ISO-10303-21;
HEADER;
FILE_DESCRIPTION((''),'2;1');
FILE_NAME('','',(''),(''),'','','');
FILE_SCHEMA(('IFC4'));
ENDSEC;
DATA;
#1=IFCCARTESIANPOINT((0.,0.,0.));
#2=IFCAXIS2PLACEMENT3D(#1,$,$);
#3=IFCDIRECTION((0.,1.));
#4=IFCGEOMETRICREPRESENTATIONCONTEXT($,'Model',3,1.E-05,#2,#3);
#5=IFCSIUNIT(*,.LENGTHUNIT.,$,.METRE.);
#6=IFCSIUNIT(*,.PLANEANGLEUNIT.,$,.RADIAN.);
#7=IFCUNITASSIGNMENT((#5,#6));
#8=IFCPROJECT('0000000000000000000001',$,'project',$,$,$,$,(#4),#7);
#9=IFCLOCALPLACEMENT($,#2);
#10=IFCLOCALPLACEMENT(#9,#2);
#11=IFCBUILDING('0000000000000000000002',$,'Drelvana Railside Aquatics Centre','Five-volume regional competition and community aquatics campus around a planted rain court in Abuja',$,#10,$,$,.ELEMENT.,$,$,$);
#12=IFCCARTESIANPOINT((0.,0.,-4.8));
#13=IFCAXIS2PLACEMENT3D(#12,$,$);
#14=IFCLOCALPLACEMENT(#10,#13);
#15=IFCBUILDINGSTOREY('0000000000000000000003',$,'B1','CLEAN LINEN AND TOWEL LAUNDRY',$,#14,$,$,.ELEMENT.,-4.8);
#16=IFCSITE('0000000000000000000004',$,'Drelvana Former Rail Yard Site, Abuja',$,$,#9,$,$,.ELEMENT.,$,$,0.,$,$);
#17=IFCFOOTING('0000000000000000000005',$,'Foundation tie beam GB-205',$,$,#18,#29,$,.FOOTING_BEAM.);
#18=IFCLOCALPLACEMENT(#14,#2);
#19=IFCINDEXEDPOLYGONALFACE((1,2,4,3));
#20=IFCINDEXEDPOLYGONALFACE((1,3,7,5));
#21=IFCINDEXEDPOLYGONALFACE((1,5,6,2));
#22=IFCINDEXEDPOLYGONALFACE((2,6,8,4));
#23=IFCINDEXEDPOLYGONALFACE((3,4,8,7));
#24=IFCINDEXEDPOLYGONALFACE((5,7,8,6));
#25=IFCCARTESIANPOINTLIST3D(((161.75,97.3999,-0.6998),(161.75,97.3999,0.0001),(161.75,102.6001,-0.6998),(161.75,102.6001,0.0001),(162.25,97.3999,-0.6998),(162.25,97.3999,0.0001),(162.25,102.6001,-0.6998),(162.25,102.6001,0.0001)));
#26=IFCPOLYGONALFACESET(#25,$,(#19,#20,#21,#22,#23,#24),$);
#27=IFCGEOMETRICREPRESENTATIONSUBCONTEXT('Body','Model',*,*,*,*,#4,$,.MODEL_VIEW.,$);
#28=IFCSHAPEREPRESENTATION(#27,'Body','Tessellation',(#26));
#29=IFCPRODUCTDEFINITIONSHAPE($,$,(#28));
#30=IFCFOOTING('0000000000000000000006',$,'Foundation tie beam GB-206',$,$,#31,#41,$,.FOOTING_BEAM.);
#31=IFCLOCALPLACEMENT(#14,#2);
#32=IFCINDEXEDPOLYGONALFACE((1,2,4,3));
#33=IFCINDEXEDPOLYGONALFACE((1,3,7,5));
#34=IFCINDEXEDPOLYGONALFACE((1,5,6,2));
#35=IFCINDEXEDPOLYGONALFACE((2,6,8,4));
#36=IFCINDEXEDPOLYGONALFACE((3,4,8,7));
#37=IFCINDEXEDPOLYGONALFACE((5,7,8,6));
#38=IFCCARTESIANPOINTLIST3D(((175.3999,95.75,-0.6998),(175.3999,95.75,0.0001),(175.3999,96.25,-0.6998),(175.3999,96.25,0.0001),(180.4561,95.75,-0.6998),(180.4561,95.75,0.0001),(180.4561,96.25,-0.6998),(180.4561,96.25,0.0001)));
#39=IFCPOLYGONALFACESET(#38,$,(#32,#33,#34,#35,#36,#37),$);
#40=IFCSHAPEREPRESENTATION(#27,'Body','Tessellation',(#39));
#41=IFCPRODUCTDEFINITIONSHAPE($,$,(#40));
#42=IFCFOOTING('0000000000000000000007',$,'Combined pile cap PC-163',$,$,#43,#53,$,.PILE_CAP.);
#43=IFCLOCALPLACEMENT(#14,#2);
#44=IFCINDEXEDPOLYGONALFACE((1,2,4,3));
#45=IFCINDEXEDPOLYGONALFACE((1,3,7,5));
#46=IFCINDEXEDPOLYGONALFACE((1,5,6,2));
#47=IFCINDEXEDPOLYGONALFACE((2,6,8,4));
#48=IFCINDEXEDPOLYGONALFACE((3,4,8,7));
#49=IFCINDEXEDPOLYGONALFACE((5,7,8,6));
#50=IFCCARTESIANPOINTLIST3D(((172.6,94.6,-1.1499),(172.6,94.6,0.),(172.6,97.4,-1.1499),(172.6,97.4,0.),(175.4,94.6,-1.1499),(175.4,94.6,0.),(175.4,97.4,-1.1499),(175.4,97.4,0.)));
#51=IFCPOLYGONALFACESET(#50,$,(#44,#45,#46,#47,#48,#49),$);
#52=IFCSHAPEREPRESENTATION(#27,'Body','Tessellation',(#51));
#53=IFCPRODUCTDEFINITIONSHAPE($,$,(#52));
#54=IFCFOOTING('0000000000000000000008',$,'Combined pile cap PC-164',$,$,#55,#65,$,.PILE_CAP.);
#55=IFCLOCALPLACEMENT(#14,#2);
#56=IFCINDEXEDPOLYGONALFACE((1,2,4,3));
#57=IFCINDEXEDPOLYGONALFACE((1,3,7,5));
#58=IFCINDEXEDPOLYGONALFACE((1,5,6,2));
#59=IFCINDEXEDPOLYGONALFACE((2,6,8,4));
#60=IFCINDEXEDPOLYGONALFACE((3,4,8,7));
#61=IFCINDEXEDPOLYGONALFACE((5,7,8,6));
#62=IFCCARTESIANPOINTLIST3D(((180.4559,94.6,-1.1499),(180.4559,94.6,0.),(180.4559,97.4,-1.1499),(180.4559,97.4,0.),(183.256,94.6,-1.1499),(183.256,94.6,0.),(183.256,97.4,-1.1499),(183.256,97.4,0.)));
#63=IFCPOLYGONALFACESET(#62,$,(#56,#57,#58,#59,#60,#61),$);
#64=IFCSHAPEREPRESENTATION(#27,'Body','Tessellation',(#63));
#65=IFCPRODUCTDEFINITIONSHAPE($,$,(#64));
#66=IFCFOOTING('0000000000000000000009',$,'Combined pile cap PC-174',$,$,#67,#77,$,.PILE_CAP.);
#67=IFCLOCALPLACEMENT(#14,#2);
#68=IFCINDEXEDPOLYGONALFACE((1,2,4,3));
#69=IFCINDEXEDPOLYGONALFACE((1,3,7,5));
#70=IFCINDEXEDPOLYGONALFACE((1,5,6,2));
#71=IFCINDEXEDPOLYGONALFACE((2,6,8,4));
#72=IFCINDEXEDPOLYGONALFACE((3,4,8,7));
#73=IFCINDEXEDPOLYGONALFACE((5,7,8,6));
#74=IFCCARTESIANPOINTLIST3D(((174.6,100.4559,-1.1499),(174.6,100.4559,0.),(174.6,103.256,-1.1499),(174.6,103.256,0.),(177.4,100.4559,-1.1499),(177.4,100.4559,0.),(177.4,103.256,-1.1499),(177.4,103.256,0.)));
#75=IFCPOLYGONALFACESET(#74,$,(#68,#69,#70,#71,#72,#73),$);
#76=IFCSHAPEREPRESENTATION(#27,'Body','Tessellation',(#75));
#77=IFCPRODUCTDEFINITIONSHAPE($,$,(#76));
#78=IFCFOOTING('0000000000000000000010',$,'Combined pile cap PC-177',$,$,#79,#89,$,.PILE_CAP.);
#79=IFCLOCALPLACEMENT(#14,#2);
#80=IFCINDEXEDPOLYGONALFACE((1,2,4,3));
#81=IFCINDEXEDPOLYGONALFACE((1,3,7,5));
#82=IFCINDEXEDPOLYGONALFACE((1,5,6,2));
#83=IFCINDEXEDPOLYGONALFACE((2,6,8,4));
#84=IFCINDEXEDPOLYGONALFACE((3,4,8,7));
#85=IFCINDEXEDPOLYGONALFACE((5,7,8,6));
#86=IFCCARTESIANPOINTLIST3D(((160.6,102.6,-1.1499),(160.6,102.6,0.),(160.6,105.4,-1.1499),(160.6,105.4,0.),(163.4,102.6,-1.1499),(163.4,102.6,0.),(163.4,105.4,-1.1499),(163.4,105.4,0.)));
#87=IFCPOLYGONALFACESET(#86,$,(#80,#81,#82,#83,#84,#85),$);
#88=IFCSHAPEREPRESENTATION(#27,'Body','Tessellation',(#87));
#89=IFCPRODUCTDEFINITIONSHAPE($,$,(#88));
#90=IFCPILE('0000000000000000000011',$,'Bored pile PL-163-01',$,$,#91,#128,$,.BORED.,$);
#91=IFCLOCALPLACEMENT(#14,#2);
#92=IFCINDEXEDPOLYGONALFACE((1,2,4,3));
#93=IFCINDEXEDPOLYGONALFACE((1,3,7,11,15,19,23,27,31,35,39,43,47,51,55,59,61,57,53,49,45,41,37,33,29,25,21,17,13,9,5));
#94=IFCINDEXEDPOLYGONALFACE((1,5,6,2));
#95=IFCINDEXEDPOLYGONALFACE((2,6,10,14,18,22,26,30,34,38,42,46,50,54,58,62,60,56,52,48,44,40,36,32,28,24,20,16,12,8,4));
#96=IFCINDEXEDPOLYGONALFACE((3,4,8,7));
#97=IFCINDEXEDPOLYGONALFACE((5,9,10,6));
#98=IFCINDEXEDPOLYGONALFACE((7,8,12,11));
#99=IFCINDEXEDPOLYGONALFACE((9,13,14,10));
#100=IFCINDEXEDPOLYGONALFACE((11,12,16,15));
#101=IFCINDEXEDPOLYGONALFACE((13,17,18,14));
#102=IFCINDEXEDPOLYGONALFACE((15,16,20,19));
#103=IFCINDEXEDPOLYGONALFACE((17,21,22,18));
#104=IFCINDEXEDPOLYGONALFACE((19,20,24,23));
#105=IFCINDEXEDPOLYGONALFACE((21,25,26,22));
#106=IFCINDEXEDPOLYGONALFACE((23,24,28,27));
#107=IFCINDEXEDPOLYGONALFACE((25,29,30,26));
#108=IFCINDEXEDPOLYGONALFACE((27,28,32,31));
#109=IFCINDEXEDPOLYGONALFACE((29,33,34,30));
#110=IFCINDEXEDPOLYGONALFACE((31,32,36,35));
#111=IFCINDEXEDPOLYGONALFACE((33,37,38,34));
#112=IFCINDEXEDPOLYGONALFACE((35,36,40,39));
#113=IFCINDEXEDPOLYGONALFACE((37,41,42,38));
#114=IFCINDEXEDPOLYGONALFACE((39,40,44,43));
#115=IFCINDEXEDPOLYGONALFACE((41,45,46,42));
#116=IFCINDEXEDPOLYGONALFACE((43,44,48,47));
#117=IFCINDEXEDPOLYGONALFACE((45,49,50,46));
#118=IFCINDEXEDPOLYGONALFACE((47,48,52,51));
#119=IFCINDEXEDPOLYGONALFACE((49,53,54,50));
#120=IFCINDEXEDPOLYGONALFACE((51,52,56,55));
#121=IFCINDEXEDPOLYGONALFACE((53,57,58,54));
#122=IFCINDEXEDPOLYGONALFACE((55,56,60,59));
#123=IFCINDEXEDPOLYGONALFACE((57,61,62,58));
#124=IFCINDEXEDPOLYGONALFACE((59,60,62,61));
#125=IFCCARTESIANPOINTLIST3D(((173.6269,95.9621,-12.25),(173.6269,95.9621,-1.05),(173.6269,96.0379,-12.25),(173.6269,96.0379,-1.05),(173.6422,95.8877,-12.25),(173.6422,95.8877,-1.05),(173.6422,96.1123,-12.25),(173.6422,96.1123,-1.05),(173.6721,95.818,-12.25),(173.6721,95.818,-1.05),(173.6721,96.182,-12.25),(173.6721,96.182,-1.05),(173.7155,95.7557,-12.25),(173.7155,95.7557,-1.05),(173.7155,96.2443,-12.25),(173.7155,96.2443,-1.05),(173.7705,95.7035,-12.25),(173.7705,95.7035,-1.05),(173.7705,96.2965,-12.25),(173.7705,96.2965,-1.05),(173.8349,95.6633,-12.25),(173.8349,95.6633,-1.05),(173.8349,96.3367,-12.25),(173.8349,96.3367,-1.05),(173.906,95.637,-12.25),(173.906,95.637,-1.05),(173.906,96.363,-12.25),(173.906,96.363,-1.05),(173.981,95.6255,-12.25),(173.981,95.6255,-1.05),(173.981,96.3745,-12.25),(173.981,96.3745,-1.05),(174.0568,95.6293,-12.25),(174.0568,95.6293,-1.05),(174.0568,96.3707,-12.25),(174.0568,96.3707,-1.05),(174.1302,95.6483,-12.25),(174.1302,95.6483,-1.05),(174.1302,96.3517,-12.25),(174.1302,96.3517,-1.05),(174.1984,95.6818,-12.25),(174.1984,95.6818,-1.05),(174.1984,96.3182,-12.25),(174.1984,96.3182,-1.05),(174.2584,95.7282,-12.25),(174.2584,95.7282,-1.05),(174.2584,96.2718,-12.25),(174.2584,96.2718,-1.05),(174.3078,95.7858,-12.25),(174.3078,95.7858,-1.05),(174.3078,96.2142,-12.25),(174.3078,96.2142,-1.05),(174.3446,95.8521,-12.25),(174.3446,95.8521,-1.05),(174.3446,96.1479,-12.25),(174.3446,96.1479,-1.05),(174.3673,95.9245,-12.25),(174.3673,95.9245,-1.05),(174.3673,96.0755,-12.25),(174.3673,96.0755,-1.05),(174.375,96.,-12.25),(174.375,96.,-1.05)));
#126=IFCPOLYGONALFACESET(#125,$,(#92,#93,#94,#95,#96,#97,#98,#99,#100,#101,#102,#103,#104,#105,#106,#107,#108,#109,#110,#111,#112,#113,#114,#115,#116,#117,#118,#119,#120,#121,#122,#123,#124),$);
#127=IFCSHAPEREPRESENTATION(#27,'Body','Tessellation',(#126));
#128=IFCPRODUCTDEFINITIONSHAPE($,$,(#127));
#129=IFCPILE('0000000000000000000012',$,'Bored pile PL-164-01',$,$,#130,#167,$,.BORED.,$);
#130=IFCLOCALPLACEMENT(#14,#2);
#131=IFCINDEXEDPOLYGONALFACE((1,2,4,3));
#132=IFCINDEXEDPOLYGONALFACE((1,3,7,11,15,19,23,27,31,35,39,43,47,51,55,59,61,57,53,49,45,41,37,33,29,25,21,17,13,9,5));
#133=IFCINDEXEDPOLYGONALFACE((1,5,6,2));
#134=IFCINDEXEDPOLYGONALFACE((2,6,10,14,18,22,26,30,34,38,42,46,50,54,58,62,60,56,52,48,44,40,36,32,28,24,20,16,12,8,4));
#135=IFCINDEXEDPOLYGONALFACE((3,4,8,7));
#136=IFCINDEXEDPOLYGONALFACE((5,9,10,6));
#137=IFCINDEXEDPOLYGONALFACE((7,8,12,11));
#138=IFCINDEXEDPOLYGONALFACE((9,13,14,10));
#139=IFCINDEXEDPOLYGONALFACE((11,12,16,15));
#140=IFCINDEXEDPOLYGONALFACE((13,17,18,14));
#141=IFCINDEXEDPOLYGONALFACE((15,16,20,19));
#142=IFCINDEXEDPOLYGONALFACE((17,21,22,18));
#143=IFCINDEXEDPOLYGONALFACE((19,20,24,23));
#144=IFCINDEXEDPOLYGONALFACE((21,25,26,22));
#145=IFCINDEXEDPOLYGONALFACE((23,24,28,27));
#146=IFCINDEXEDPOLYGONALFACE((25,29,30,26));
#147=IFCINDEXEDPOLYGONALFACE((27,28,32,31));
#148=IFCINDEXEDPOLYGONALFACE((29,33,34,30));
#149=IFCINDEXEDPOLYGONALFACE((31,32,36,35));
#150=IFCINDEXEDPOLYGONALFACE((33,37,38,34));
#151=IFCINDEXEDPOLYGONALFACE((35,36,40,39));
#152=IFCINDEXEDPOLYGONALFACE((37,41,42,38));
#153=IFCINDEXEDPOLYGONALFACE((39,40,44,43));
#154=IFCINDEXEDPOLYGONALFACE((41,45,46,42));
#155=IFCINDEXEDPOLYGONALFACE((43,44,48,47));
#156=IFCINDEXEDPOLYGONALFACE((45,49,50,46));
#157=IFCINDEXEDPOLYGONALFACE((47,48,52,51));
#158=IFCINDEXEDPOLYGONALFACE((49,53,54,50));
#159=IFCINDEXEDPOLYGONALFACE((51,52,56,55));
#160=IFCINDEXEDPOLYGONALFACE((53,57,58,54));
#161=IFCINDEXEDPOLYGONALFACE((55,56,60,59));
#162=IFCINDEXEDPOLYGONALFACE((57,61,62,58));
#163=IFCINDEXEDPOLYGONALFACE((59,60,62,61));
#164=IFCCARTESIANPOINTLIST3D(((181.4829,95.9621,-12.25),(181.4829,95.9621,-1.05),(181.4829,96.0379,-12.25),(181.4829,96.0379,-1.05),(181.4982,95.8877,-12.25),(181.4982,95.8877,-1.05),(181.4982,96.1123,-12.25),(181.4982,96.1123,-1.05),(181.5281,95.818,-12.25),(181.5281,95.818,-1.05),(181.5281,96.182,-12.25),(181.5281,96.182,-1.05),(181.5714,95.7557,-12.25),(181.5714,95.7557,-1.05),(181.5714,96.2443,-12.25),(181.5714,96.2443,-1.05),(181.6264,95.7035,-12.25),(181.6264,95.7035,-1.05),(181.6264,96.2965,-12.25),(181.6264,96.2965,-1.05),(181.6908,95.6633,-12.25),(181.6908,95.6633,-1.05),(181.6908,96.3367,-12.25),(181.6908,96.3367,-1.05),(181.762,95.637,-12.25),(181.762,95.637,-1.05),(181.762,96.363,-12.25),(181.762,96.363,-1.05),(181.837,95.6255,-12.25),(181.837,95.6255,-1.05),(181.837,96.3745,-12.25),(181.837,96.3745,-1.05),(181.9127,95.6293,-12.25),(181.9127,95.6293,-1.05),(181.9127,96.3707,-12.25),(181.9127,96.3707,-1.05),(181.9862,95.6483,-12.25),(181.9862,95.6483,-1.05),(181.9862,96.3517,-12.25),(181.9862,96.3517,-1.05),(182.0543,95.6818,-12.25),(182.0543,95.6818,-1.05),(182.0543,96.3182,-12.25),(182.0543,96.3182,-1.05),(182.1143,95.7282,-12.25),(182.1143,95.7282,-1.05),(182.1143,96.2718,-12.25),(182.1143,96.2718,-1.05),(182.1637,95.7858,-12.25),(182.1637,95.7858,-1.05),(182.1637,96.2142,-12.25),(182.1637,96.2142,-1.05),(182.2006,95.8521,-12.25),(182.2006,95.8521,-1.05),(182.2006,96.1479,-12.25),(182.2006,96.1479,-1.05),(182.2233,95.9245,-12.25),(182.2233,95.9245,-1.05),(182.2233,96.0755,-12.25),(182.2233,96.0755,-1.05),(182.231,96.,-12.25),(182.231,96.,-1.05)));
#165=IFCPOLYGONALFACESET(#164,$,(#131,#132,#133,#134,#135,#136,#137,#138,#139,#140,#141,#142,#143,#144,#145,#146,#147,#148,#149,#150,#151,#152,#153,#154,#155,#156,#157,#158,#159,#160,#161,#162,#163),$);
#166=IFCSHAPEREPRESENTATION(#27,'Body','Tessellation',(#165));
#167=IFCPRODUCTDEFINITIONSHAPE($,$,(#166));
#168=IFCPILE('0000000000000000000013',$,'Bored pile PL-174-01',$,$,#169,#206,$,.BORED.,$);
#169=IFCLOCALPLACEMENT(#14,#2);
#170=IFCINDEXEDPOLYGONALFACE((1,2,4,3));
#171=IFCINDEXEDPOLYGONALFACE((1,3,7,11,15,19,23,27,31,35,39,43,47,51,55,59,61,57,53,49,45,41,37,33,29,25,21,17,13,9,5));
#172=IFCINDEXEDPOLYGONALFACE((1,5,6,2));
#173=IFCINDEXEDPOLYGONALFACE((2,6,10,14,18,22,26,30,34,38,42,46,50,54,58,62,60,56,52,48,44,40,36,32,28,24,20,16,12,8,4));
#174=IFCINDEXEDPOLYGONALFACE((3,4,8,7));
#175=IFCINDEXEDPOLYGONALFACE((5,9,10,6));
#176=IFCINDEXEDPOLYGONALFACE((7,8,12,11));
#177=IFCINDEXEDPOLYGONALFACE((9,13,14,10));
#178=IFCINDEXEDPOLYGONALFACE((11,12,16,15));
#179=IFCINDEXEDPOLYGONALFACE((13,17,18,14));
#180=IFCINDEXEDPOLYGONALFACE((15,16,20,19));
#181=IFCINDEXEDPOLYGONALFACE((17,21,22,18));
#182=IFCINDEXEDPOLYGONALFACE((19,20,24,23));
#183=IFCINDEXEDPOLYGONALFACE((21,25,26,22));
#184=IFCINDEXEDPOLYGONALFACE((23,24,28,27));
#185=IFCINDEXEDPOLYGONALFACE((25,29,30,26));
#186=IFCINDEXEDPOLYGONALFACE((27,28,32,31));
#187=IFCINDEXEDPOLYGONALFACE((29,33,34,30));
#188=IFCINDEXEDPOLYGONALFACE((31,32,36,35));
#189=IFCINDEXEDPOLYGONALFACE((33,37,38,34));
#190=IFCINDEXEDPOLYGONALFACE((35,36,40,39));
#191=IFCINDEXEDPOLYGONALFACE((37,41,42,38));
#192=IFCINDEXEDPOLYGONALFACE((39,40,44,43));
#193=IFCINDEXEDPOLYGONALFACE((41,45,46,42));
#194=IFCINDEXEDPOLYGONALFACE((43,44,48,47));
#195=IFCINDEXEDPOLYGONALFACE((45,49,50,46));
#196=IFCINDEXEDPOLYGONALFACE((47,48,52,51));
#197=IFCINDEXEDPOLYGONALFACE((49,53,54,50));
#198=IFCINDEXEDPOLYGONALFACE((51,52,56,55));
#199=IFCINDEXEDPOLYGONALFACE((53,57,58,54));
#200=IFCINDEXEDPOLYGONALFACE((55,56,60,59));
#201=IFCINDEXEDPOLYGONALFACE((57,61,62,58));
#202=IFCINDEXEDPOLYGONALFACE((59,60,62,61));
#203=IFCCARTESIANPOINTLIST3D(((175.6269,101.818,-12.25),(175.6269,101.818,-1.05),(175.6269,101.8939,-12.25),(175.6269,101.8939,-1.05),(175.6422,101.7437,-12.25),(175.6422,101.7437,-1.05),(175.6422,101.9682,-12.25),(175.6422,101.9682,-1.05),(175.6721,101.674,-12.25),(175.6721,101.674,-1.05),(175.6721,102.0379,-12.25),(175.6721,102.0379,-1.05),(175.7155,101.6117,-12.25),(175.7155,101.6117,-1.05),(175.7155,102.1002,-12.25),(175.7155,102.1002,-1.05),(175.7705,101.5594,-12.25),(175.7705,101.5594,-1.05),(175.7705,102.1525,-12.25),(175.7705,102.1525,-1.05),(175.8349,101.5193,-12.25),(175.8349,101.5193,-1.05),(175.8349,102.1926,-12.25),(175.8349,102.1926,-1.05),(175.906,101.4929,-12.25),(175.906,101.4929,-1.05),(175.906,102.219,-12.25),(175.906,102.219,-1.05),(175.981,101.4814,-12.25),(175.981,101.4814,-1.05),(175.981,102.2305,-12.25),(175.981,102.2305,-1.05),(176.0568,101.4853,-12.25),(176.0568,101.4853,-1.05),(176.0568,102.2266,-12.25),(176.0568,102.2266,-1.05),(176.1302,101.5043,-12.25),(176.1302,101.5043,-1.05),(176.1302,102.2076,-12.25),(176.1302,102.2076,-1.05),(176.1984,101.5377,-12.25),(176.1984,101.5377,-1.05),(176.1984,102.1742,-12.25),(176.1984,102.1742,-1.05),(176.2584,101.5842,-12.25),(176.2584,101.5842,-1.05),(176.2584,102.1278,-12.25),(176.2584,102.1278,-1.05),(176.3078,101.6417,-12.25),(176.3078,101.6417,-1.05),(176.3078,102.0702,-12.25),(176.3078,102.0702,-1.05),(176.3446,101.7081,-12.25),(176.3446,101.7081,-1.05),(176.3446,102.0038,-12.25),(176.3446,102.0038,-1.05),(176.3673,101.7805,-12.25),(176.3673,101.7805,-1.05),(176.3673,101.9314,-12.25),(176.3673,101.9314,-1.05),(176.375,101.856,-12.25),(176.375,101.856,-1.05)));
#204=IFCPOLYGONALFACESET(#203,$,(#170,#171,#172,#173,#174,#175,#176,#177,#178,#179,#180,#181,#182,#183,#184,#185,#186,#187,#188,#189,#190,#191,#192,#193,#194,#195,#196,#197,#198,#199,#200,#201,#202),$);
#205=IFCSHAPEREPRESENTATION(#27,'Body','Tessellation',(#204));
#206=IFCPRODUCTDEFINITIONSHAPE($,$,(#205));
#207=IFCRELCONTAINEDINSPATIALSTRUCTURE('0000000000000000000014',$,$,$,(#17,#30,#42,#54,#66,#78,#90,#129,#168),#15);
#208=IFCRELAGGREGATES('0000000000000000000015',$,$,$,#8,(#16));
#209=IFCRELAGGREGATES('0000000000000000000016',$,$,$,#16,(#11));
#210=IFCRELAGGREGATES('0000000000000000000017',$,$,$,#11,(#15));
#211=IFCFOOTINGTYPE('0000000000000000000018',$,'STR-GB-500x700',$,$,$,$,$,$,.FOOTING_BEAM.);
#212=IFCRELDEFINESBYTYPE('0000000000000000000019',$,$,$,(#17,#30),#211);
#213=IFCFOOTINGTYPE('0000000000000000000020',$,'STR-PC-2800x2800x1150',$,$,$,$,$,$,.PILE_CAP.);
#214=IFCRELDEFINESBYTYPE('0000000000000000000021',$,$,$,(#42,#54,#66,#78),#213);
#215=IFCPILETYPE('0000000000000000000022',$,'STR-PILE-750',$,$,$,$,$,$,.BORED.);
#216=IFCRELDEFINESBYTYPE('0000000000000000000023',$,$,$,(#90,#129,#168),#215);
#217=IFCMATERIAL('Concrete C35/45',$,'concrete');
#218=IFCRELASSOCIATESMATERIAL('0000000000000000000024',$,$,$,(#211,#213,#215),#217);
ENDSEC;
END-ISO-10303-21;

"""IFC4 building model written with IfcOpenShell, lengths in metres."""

from ifc_helpers import new_model, si_unit, direction, frame, origin, origin_2d, place, context, subcontext, project, spatial, rectangle, circle, extrude, material, material_profile, profile_set, type_object, element, save


model = new_model("IFC4")

# Units and contexts
model_context = context("Model", 3, precision=1e-05, world=origin(), true_north=direction((0.0, 1.0)))
body_context = subcontext(model_context, "Body", "Model", "MODEL_VIEW")
ifc_project = project(units=[si_unit("LENGTHUNIT", "METRE"), si_unit("PLANEANGLEUNIT", "RADIAN")], contexts=[model_context])

# Site, building, storey
site_placement = place(None, origin())
site = spatial("IfcSite", under=ifc_project, at=site_placement, Name="Drelvana Former Rail Yard Site, Abuja", CompositionType="ELEMENT", RefElevation=0.0)
building_placement = place(site_placement, origin())
building = spatial("IfcBuilding", under=site, at=building_placement, Name="Drelvana Railside Aquatics Centre", Description="Five-volume regional competition and community aquatics campus around a planted rain court in Abuja", CompositionType="ELEMENT")
storey_placement = place(building_placement, frame((0.0, 0.0, -4.8)))
storey = spatial("IfcBuildingStorey", under=building, at=storey_placement, Name="B1", Description="CLEAN LINEN AND TOWEL LAUNDRY", CompositionType="ELEMENT", Elevation=-4.8)

# Footings
ifc_material_1 = material(Name="Concrete C35/45", Category="concrete")
ifc_material_profile_1 = material_profile(ifc_material_1, rectangle(XDim=0.5, YDim=0.7, at=origin_2d()), Name="GB 500x700")
ifc_profile_set_1 = profile_set([ifc_material_profile_1], Name="Concrete C35/45")
footing_type_1 = type_object("IfcFootingType", Name="STR-GB-500x700", PredefinedType="FOOTING_BEAM", material=ifc_profile_set_1)
footing_1_placement = place(storey_placement, frame((162.0, 97.3999, -0.3499), z_axis=(0.0, 1.0, 0.0), x_axis=(-1.0, 0.0, 0.0)))
element("IfcFooting", 1, at=footing_1_placement, inside=storey, type_object=footing_type_1, Name="Foundation tie beam GB-205", PredefinedType="FOOTING_BEAM", context=body_context, shape_type="SweptSolid", body=[
    extrude(rectangle(XDim=0.5, YDim=0.7, at=origin_2d()), origin(), (0.0, 0.0, 1.0), 5.2002),
])
footing_2_placement = place(storey_placement, frame((175.3999, 96.0, -0.3499), z_axis=(1.0, 0.0, 0.0), x_axis=(0.0, 1.0, 0.0)))
element("IfcFooting", 2, at=footing_2_placement, inside=storey, type_object=footing_type_1, Name="Foundation tie beam GB-206", PredefinedType="FOOTING_BEAM", context=body_context, shape_type="SweptSolid", body=[
    extrude(rectangle(XDim=0.5, YDim=0.7, at=origin_2d()), origin(), (0.0, 0.0, 1.0), 5.0562),
])
footing_type_2 = type_object("IfcFootingType", Name="STR-PC-2800x2800x1150", PredefinedType="PILE_CAP", material=ifc_material_1)
for number, where, z_axis, x_axis, name in (
    (3, (174.0, 96.0, -1.1499), (0.0, 0.0, 1.0), (1.0, 0.0, 0.0), "Combined pile cap PC-163"),
    (4, (181.856, 96.0, -1.1499), (0.0, 0.0, 1.0), (1.0, 0.0, 0.0), "Combined pile cap PC-164"),
    (5, (176.0, 101.856, -1.1499), (0.0, 0.0, 1.0), (1.0, 0.0, 0.0), "Combined pile cap PC-174"),
    (6, (162.0, 104.0, -1.1499), (0.0, 0.0, 1.0), (1.0, 0.0, 0.0), "Combined pile cap PC-177"),
):
    element("IfcFooting", number, at=place(storey_placement, frame(where, z_axis=z_axis, x_axis=x_axis)), inside=storey, type_object=footing_type_2, Name=name, PredefinedType="PILE_CAP", context=body_context, shape_type="SweptSolid", body=[
        extrude(rectangle(XDim=2.8, YDim=2.8, at=origin_2d()), origin(), (0.0, 0.0, 1.0), 1.1499),
    ])

# Piles
ifc_material_profile_2 = material_profile(ifc_material_1, circle(Radius=0.375, at=origin_2d()), Name="PILE D750")
ifc_profile_set_2 = profile_set([ifc_material_profile_2], Name="Concrete C35/45")
pile_type = type_object("IfcPileType", Name="STR-PILE-750", PredefinedType="BORED", material=ifc_profile_set_2)
for number, where, z_axis, x_axis, name in (
    (7, (174.0, 96.0, -1.05), (0.0, 0.0, -1.0), (1.0, 0.0, 0.0), "Bored pile PL-163-01"),
    (8, (181.856, 96.0, -1.05), (0.0, 0.0, -1.0), (1.0, 0.0, 0.0), "Bored pile PL-164-01"),
    (9, (176.0, 101.856, -1.05), (0.0, 0.0, -1.0), (1.0, 0.0, 0.0), "Bored pile PL-174-01"),
):
    element("IfcPile", number, at=place(storey_placement, frame(where, z_axis=z_axis, x_axis=x_axis)), inside=storey, type_object=pile_type, Name=name, PredefinedType="BORED", context=body_context, shape_type="SweptSolid", body=[
        extrude(circle(Radius=0.375, at=origin_2d()), origin(), (0.0, 0.0, 1.0), 11.2),
    ])

save(model, "model.ifc")
